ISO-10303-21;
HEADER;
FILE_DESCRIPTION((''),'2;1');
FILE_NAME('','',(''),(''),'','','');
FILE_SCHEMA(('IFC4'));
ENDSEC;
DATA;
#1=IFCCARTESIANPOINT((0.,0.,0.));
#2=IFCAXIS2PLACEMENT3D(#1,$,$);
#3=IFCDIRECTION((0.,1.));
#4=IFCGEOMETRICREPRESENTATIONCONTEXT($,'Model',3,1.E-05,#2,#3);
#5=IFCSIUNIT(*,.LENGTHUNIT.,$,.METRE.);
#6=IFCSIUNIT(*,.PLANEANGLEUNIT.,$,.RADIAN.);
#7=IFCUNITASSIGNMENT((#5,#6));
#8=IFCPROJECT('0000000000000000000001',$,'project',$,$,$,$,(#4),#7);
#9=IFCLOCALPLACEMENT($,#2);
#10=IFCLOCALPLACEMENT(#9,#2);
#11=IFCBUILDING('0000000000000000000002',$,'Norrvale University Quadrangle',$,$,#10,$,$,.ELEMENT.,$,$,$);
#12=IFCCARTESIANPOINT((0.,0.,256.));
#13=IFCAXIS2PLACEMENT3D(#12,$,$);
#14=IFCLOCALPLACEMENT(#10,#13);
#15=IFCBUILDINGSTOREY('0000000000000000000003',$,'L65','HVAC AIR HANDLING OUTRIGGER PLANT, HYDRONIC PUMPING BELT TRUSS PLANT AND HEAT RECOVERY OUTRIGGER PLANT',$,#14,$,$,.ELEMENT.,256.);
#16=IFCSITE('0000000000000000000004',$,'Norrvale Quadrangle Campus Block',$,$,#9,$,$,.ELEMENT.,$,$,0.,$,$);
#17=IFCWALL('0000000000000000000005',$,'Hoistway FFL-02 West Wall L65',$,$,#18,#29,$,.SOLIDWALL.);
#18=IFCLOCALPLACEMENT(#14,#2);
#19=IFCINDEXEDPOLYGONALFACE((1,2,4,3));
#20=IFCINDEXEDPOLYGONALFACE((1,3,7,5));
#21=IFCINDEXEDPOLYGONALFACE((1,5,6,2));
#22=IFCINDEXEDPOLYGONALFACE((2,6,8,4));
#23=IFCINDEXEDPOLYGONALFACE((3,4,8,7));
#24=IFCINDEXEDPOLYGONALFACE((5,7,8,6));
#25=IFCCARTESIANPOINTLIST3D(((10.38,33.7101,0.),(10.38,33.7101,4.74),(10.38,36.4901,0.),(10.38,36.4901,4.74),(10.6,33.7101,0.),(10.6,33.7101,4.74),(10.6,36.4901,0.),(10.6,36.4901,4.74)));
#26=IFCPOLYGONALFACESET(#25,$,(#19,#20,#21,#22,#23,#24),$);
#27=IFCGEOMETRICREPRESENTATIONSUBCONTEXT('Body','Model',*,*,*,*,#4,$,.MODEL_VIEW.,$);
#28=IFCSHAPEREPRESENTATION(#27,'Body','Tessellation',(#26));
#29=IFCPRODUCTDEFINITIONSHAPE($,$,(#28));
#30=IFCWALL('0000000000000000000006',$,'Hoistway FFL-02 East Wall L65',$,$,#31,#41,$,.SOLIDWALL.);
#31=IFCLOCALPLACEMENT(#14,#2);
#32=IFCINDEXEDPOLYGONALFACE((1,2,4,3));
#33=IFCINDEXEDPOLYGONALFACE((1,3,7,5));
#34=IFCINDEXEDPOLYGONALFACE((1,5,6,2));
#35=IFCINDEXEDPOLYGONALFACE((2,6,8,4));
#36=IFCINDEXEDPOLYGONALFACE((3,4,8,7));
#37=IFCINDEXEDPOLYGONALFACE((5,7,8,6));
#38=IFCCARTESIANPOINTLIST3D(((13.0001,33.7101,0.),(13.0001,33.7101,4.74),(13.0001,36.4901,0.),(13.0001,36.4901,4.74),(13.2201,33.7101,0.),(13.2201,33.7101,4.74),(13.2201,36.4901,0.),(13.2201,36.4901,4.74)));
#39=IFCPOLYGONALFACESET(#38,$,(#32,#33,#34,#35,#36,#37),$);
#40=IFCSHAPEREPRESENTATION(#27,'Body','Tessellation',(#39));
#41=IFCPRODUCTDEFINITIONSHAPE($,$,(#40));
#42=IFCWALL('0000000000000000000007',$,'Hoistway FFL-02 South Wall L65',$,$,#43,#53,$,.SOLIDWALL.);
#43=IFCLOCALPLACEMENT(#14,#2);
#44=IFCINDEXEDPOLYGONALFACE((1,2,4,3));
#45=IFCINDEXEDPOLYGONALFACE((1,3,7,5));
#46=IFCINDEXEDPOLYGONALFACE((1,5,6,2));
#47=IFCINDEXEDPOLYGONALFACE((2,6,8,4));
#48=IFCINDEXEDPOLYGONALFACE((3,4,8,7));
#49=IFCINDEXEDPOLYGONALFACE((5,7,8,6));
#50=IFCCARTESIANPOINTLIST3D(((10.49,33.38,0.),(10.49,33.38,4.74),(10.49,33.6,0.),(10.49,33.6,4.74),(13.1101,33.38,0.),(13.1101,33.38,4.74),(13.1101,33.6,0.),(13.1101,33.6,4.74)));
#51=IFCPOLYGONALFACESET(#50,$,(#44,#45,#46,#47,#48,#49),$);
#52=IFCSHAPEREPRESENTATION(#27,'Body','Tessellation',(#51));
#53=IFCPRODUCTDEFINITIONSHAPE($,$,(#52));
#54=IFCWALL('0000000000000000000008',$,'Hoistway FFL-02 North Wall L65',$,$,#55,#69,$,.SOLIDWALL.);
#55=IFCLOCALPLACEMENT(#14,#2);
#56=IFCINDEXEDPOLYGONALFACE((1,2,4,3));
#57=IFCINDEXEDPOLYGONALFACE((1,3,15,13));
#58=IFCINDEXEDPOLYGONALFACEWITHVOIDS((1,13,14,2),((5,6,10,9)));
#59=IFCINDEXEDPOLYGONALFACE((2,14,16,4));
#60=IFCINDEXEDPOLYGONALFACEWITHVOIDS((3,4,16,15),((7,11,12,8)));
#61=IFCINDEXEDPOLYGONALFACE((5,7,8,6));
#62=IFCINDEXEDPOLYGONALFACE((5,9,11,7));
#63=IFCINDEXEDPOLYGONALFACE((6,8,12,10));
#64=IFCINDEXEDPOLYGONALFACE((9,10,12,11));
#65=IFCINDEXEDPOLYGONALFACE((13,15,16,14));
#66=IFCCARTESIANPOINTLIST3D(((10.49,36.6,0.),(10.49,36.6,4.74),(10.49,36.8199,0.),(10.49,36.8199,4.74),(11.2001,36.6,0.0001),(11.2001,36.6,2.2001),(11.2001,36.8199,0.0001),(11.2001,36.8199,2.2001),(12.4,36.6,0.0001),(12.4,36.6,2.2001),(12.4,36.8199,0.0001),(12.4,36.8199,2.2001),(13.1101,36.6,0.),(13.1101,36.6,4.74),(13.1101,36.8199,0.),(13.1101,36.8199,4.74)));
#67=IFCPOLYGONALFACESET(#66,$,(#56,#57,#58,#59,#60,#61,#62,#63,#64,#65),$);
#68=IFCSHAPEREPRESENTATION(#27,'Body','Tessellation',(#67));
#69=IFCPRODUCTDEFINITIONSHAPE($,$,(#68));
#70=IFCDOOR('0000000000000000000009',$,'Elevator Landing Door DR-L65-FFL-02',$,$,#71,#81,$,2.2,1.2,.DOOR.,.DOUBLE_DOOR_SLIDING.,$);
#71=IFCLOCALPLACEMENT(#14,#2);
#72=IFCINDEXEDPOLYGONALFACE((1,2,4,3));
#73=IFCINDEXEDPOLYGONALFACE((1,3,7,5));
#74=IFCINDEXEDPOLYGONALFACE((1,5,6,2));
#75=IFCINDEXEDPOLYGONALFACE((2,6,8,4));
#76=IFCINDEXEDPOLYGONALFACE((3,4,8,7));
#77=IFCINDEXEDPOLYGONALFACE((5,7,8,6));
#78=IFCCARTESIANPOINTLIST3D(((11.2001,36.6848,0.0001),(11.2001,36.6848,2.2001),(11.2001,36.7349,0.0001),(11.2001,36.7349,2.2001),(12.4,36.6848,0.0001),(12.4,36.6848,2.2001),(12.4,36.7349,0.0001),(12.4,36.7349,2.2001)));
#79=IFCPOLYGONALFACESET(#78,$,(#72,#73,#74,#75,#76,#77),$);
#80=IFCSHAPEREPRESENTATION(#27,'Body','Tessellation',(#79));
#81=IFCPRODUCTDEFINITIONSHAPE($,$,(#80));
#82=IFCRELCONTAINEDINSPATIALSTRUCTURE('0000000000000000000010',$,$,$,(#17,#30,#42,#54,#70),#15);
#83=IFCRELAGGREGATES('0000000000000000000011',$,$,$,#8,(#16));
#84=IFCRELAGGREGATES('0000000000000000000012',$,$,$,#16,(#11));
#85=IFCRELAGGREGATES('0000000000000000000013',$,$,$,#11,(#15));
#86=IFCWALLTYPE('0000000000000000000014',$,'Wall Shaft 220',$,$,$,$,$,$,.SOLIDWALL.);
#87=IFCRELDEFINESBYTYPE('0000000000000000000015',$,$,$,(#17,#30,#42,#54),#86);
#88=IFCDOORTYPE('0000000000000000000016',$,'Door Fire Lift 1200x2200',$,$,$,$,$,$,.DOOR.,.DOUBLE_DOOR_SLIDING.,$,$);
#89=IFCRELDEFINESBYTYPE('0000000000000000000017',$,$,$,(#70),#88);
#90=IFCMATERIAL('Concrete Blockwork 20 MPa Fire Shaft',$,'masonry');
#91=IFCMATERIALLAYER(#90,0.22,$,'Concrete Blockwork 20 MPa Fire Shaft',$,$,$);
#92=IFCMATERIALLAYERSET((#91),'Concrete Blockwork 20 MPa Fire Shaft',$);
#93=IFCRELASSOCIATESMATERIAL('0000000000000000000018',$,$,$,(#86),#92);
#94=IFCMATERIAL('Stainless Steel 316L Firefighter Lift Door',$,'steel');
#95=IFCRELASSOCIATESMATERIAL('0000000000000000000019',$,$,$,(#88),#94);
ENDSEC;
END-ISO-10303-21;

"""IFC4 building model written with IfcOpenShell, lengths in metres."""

from ifc_helpers import new_model, si_unit, direction, frame, frame_2d, origin, place, context, subcontext, project, spatial, rectangle, extrude, material, layer, layer_set, type_object, element, fill, save


model = new_model("IFC4")

# Units and contexts
model_context = context("Model", 3, precision=1e-05, world=origin(), true_north=direction((0.0, 1.0)))
body_context = subcontext(model_context, "Body", "Model", "MODEL_VIEW")
ifc_project = project(units=[si_unit("LENGTHUNIT", "METRE"), si_unit("PLANEANGLEUNIT", "RADIAN")], contexts=[model_context])

# Site, building, storey
site_placement = place(None, origin())
site = spatial("IfcSite", under=ifc_project, at=site_placement, Name="Norrvale Quadrangle Campus Block", CompositionType="ELEMENT", RefElevation=0.0)
building_placement = place(site_placement, origin())
building = spatial("IfcBuilding", under=site, at=building_placement, Name="Norrvale University Quadrangle", CompositionType="ELEMENT")
storey_placement = place(building_placement, frame((0.0, 0.0, 256.0)))
storey = spatial("IfcBuildingStorey", under=building, at=storey_placement, Name="L65", Description="HVAC AIR HANDLING OUTRIGGER PLANT, HYDRONIC PUMPING BELT TRUSS PLANT AND HEAT RECOVERY OUTRIGGER PLANT", CompositionType="ELEMENT", Elevation=256.0)

# Walls
ifc_material_1 = material(Name="Concrete Blockwork 20 MPa Fire Shaft", Category="masonry")
ifc_layer_1 = layer(ifc_material_1, 0.22, Name="Concrete Blockwork 20 MPa Fire Shaft")
ifc_layer_set_1 = layer_set([ifc_layer_1], Name="Concrete Blockwork 20 MPa Fire Shaft")
wall_type_1 = type_object("IfcWallType", Name="Wall Shaft 220", PredefinedType="SOLIDWALL", material=ifc_layer_set_1)
for number, where, z_axis, x_axis, name in (
    (1, (10.49, 33.71, 0.0), (0.0, 0.0, 1.0), (0.0, 1.0, 0.0), "Hoistway FFL-02 West Wall L65"),
    (2, (13.1101, 33.71, 0.0), (0.0, 0.0, 1.0), (0.0, 1.0, 0.0), "Hoistway FFL-02 East Wall L65"),
):
    element("IfcWall", number, at=place(storey_placement, frame(where, z_axis=z_axis, x_axis=x_axis)), inside=storey, type_object=wall_type_1, Name=name, PredefinedType="SOLIDWALL", context=body_context, shape_type="SweptSolid", body=[
        extrude(rectangle(XDim=2.78, YDim=0.22, at=frame_2d((1.3901, 0.0))), origin(), (0.0, 0.0, 1.0), 4.74),
    ])
wall_1_placement = place(storey_placement, frame((10.49, 33.49, 0.0), z_axis=(0.0, 0.0, 1.0), x_axis=(1.0, 0.0, 0.0)))
element("IfcWall", 3, at=wall_1_placement, inside=storey, type_object=wall_type_1, Name="Hoistway FFL-02 South Wall L65", PredefinedType="SOLIDWALL", context=body_context, shape_type="SweptSolid", body=[
    extrude(rectangle(XDim=2.6201, YDim=0.22, at=frame_2d((1.3101, 0.0))), origin(), (0.0, 0.0, 1.0), 4.74),
])

# Wall, opening, door
wall_2_placement = place(storey_placement, frame((10.49, 36.71, 0.0), z_axis=(0.0, 0.0, 1.0), x_axis=(1.0, 0.0, 0.0)))
wall_2 = element("IfcWall", 4, at=wall_2_placement, inside=storey, type_object=wall_type_1, Name="Hoistway FFL-02 North Wall L65", PredefinedType="SOLIDWALL", context=body_context, shape_type="SweptSolid", body=[
    extrude(rectangle(XDim=2.6201, YDim=0.22, at=frame_2d((1.3101, 0.0))), origin(), (0.0, 0.0, 1.0), 4.74),
])
opening_1_placement = place(wall_2_placement, frame((0.71, 0.0, 0.0)))
opening_1 = element("IfcOpeningElement", 5, at=opening_1_placement, cuts=wall_2, PredefinedType="OPENING", context=body_context, shape_type="SweptSolid", body=[
    extrude(rectangle(XDim=1.2, YDim=2.2, at=frame_2d((0.6001, 1.1001))), frame((0.0, 0.1221, 0.0), z_axis=(0.0, -1.0, 0.0), x_axis=(1.0, 0.0, 0.0)), (0.0, 0.0, 1.0), 0.2439),
])
ifc_material_2 = material(Name="Stainless Steel 316L Firefighter Lift Door", Category="steel")
door_type_1 = type_object("IfcDoorType", Name="Door Fire Lift 1200x2200", OperationType="DOUBLE_DOOR_SLIDING", PredefinedType="DOOR", material=ifc_material_2)
door_1_placement = place(opening_1_placement, origin())
door_1 = element("IfcDoor", 6, at=door_1_placement, inside=storey, type_object=door_type_1, Name="Elevator Landing Door DR-L65-FFL-02", OperationType="DOUBLE_DOOR_SLIDING", OverallHeight=2.2, OverallWidth=1.2, PredefinedType="DOOR", context=body_context, shape_type="SweptSolid", body=[
    extrude(rectangle(XDim=1.2, YDim=2.2, at=frame_2d((0.6001, 1.1001))), frame((0.0, 0.0249, 0.0), z_axis=(0.0, -1.0, 0.0), x_axis=(1.0, 0.0, 0.0)), (0.0, 0.0, 1.0), 0.05),
])
fill(opening_1, door_1)

save(model, "model.ifc")
